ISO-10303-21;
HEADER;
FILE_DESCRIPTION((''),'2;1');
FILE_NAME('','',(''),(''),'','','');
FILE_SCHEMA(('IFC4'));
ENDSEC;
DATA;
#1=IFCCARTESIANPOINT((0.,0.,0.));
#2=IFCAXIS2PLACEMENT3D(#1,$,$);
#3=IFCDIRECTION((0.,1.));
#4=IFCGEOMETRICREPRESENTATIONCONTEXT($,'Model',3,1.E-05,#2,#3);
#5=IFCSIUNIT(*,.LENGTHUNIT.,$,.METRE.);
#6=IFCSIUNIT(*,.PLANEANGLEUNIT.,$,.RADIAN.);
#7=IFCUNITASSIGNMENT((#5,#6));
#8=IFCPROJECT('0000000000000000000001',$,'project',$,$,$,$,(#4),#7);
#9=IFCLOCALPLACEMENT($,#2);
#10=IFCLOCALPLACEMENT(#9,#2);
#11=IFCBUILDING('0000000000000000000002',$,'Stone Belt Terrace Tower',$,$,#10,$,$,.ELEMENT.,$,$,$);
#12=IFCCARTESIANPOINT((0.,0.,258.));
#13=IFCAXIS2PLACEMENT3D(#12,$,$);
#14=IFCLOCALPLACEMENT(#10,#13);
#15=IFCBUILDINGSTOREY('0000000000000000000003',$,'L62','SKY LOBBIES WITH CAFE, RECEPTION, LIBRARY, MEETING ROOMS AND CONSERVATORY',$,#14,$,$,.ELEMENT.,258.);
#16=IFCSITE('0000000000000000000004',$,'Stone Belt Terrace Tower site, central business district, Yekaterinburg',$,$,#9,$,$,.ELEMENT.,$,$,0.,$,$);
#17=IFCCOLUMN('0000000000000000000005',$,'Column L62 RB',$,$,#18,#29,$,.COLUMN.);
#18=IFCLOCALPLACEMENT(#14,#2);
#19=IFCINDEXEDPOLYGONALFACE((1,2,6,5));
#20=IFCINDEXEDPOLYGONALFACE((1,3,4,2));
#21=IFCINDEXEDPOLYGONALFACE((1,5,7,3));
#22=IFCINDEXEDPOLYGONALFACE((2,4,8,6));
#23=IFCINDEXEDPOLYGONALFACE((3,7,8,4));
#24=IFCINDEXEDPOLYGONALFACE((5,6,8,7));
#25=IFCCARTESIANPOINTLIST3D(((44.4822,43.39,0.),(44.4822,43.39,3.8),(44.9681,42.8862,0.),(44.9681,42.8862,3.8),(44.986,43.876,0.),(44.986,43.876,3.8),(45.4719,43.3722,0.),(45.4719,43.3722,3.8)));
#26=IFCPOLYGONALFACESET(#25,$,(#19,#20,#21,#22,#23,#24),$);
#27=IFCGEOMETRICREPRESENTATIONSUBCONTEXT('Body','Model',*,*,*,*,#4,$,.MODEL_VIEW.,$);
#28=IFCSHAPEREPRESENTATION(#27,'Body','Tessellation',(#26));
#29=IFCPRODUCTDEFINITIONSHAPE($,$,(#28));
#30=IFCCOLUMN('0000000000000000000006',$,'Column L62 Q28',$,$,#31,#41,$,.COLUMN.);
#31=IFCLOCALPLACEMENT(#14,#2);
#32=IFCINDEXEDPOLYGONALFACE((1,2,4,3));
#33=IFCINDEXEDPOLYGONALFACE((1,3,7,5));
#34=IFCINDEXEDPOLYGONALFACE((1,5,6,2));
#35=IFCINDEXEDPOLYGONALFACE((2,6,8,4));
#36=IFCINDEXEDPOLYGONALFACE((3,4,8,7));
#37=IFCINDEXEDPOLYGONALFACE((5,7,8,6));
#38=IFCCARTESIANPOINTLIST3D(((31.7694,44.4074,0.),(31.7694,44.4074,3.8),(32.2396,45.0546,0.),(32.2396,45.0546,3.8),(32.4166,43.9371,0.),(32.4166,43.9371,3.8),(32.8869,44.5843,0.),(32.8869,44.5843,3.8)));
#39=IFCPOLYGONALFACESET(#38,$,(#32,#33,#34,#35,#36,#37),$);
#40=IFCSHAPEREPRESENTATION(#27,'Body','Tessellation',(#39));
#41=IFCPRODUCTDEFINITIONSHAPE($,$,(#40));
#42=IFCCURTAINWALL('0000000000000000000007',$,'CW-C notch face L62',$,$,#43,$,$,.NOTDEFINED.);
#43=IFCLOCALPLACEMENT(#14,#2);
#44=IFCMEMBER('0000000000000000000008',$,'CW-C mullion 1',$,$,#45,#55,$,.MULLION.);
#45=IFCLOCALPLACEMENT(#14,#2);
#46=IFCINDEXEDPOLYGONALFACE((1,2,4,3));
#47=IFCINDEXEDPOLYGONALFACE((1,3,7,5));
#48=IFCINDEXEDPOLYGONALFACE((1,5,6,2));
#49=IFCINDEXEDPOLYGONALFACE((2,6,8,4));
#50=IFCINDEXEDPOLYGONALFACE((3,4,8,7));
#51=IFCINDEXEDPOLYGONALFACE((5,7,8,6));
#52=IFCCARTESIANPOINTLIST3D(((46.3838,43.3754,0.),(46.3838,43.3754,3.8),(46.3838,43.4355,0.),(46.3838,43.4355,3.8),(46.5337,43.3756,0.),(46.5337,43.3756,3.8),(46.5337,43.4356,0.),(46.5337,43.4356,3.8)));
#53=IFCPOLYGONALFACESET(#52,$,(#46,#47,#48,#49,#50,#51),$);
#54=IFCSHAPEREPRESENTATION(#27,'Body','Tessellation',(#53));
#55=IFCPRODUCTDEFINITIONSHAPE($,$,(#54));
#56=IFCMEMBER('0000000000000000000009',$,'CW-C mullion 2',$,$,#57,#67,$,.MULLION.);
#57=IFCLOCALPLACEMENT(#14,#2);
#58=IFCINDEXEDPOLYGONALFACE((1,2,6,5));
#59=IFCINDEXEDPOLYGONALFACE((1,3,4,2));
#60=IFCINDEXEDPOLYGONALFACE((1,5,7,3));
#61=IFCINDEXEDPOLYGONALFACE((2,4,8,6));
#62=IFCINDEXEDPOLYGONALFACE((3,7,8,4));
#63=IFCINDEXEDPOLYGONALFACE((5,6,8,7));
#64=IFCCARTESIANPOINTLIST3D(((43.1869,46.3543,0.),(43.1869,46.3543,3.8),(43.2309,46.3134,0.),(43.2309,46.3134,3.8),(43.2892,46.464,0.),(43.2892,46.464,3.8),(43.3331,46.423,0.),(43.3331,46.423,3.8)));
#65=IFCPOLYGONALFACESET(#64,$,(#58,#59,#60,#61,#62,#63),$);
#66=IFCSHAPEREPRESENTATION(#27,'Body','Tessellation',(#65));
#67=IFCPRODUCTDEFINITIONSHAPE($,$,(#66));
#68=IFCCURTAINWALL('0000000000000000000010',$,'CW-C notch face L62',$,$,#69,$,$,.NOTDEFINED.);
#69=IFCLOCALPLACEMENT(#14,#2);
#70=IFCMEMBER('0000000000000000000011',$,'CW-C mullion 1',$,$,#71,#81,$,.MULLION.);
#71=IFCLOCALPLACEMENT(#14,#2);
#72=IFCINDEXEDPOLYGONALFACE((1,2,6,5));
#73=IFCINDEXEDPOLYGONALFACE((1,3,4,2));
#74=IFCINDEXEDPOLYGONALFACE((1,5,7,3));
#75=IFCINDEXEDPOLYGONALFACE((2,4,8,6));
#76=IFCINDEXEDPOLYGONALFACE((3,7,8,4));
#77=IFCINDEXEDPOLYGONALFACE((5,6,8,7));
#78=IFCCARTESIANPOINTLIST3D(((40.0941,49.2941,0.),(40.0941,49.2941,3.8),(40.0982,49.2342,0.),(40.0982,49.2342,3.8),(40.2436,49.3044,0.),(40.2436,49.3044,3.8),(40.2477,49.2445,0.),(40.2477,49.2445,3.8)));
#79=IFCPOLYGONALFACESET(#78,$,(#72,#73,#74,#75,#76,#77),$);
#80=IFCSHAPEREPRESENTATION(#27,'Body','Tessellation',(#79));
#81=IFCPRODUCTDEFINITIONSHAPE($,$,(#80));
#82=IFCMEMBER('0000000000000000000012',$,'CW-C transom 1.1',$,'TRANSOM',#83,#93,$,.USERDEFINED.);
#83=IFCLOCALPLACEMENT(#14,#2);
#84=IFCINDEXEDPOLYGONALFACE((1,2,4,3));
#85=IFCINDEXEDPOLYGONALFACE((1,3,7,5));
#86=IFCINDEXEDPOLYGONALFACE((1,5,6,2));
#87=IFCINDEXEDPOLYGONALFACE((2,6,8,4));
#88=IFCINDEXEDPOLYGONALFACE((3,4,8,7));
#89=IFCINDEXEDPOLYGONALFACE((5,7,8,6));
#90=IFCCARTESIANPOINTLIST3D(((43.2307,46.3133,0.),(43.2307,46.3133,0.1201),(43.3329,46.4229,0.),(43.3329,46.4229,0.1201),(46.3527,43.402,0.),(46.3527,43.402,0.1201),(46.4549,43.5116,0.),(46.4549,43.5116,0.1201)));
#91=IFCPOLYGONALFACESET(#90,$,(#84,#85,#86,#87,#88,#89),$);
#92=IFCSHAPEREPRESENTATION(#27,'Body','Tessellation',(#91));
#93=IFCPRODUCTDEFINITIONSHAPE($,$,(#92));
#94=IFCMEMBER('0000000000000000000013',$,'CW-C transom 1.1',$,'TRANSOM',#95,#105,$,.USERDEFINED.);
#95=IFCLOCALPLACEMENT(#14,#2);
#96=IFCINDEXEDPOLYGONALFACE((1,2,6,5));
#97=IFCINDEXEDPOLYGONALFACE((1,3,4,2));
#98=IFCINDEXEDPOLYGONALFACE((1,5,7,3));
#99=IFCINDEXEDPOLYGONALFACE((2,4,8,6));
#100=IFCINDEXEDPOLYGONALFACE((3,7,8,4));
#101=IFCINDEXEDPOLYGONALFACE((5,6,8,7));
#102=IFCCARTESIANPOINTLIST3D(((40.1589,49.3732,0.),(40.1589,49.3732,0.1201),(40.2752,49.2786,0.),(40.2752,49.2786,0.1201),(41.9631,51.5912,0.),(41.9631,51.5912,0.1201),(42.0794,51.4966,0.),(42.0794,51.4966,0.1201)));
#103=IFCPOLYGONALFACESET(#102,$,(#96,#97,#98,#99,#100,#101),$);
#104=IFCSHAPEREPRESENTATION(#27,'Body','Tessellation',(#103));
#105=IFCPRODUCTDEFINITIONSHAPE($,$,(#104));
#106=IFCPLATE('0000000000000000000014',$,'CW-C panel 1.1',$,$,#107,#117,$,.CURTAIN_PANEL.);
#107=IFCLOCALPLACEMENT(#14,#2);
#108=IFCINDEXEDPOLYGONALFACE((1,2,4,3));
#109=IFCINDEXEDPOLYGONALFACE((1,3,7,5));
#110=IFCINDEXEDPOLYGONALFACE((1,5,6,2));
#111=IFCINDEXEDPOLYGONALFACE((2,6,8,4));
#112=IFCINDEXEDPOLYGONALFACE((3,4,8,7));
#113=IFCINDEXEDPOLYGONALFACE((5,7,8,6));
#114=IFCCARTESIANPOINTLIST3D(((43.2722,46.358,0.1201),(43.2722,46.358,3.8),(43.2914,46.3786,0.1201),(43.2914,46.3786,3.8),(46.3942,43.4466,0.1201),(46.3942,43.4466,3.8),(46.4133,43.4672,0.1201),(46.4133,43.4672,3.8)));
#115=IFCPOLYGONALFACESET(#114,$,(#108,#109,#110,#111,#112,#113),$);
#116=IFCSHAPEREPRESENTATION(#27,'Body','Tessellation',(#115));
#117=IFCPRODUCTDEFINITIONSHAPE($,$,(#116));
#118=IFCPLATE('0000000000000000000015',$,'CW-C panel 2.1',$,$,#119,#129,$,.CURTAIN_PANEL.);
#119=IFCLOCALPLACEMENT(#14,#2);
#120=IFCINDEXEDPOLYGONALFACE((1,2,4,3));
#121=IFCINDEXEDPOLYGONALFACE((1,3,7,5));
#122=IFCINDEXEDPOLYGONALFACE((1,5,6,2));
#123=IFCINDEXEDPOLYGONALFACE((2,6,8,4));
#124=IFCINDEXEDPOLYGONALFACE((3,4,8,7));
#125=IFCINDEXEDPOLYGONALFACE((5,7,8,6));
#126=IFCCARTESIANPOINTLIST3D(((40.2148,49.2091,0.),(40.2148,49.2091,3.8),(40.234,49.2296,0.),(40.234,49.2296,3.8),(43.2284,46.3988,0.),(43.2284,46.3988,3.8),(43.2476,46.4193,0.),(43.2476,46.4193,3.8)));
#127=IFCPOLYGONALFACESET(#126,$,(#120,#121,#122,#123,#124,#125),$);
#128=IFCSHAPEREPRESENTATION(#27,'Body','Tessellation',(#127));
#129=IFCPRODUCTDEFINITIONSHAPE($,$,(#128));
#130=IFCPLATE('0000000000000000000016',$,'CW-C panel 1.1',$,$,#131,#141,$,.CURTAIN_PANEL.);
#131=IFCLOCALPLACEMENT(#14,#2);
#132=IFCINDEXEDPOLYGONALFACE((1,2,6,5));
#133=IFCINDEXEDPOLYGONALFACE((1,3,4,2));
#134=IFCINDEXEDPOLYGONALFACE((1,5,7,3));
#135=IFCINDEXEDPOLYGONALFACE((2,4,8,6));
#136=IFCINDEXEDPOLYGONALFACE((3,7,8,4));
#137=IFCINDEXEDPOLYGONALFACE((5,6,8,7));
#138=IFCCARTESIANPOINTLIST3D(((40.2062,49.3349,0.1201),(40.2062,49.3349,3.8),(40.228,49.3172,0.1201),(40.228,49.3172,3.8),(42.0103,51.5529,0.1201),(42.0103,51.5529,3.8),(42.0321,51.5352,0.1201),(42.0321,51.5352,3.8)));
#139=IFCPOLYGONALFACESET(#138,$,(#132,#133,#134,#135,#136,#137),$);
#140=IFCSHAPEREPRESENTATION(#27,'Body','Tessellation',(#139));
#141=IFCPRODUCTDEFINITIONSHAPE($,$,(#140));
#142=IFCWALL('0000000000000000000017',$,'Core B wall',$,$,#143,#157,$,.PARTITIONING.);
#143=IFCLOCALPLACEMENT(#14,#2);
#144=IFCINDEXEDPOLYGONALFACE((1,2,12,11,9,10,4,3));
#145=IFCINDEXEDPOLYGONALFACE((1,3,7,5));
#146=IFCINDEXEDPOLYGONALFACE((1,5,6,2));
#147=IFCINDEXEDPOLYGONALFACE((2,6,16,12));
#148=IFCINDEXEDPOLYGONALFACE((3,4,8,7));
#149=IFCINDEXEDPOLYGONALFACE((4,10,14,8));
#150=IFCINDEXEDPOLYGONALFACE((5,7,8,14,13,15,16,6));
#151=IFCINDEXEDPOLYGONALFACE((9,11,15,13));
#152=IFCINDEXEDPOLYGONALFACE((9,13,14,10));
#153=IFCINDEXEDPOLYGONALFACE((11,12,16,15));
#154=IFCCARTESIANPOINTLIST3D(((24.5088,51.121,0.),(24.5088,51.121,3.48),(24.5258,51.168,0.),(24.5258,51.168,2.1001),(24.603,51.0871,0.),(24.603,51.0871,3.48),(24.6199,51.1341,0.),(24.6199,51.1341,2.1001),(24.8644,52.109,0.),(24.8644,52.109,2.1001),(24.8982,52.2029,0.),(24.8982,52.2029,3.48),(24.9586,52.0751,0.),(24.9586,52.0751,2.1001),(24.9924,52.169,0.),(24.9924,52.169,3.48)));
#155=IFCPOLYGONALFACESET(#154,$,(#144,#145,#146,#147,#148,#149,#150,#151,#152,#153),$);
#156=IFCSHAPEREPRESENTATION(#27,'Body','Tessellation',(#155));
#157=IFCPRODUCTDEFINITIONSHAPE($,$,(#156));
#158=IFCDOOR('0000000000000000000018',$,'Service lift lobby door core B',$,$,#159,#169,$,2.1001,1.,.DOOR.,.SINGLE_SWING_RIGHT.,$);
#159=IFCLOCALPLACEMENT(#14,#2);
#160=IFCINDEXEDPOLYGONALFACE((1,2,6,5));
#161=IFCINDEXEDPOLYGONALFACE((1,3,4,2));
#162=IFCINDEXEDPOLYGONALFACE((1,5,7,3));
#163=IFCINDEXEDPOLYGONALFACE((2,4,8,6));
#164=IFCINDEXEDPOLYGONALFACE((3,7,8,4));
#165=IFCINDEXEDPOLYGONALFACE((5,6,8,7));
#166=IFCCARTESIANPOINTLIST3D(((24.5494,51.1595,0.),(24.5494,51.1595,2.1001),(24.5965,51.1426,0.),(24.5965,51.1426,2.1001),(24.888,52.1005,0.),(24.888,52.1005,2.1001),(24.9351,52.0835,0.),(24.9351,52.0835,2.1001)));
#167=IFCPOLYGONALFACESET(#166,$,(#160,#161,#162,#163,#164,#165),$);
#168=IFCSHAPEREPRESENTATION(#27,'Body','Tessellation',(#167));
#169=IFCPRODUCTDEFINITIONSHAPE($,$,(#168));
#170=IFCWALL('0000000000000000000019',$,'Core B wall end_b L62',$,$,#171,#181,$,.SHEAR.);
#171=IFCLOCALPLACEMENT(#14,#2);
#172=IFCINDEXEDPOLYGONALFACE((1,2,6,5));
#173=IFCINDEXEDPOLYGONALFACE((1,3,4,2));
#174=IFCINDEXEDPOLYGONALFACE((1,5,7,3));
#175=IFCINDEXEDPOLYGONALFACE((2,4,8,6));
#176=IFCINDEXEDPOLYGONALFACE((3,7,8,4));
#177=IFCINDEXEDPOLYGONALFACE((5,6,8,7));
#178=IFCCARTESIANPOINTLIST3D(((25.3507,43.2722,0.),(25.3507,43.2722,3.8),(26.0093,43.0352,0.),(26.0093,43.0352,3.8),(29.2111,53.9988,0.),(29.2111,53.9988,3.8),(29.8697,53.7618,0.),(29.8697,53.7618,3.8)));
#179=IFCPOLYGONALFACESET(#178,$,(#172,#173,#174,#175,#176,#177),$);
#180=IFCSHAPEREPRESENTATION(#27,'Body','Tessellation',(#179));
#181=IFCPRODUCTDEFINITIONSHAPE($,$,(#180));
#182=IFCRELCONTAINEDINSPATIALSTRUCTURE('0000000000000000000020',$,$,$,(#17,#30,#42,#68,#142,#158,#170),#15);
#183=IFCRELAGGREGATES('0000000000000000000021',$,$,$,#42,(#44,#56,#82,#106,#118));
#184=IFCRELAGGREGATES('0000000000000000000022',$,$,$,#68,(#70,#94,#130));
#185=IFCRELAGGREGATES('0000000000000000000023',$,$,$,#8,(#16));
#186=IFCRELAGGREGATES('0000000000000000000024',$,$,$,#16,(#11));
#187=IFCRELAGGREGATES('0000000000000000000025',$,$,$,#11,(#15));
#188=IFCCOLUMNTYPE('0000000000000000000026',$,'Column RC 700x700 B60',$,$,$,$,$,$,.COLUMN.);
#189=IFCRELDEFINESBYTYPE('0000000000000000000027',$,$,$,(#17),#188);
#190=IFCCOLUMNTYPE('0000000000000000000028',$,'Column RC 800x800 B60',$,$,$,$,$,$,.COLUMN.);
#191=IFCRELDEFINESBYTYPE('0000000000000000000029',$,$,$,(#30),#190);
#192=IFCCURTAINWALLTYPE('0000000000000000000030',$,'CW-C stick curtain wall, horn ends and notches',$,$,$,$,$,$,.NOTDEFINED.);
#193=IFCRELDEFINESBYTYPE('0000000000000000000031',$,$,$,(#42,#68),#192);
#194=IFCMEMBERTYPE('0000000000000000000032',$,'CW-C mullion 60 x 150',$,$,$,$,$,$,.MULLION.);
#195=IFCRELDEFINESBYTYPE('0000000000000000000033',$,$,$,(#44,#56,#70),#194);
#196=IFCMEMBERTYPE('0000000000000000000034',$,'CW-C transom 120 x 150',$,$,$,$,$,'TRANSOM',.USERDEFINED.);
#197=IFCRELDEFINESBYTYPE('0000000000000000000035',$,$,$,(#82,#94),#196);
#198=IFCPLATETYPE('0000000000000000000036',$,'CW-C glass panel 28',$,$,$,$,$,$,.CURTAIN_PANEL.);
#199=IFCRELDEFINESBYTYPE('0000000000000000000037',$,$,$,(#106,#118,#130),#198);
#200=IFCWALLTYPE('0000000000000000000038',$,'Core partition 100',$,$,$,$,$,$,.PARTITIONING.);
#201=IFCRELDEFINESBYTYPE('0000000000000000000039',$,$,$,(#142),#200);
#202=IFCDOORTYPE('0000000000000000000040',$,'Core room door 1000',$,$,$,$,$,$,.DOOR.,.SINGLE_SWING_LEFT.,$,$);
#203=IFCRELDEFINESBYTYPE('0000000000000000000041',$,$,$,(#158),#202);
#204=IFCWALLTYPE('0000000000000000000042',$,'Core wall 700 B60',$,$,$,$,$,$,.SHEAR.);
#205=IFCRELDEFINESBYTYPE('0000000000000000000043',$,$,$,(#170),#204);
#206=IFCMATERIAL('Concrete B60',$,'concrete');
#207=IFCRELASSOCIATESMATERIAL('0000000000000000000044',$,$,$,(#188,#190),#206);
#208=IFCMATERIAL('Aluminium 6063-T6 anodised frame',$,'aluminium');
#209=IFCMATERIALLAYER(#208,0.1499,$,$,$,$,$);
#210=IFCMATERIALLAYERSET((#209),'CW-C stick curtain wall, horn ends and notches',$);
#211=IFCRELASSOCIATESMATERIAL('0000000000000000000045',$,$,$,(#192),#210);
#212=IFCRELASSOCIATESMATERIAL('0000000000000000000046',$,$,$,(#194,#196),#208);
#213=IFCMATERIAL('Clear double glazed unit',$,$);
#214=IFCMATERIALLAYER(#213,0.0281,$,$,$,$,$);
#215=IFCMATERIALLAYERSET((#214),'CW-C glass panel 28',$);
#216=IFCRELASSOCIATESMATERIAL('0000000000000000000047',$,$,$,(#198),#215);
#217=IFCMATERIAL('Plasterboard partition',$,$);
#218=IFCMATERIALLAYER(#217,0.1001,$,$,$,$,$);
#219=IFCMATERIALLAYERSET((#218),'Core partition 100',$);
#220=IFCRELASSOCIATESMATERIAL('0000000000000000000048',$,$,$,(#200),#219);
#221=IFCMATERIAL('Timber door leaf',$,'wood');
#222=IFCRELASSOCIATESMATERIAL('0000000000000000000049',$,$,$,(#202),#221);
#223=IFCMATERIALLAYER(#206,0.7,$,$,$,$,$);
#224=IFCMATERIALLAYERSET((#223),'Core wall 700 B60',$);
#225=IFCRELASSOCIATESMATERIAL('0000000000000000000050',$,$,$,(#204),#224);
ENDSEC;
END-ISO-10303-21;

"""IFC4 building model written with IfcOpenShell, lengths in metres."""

from ifc_helpers import new_model, si_unit, direction, frame, frame_2d, origin, origin_2d, place, context, subcontext, project, spatial, rectangle, extrude, material, layer, layer_set, material_profile, profile_set, type_object, element, fill, aggregate, save


model = new_model("IFC4")

# Units and contexts
model_context = context("Model", 3, precision=1e-05, world=origin(), true_north=direction((0.0, 1.0)))
body_context = subcontext(model_context, "Body", "Model", "MODEL_VIEW")
ifc_project = project(units=[si_unit("LENGTHUNIT", "METRE"), si_unit("PLANEANGLEUNIT", "RADIAN")], contexts=[model_context])

# Site, building, storey
site_placement = place(None, origin())
site = spatial("IfcSite", under=ifc_project, at=site_placement, Name="Stone Belt Terrace Tower site, central business district, Yekaterinburg", CompositionType="ELEMENT", RefElevation=0.0)
building_placement = place(site_placement, origin())
building = spatial("IfcBuilding", under=site, at=building_placement, Name="Stone Belt Terrace Tower", CompositionType="ELEMENT")
storey_placement = place(building_placement, frame((0.0, 0.0, 258.0)))
storey = spatial("IfcBuildingStorey", under=building, at=storey_placement, Name="L62", Description="SKY LOBBIES WITH CAFE, RECEPTION, LIBRARY, MEETING ROOMS AND CONSERVATORY", CompositionType="ELEMENT", Elevation=258.0)

# Columns
ifc_material_1 = material(Name="Concrete B60", Category="concrete")
ifc_material_profile_1 = material_profile(ifc_material_1, rectangle(XDim=0.7, YDim=0.7, at=origin_2d()), Name="RC 700x700")
ifc_profile_set_1 = profile_set([ifc_material_profile_1], Name="Concrete B60")
column_type_1 = type_object("IfcColumnType", Name="Column RC 700x700 B60", PredefinedType="COLUMN", material=ifc_profile_set_1)
column_1_placement = place(storey_placement, frame((44.9771, 43.3811, 0.0), z_axis=(0.0, 0.0, 1.0), x_axis=(0.694221, -0.719762, 0.0)))
element("IfcColumn", 1, at=column_1_placement, inside=storey, type_object=column_type_1, Name="Column L62 RB", PredefinedType="COLUMN", context=body_context, shape_type="SweptSolid", body=[
    extrude(rectangle(XDim=0.7, YDim=0.7, at=origin_2d()), origin(), (0.0, 0.0, 1.0), 3.8),
])
ifc_material_profile_2 = material_profile(ifc_material_1, rectangle(XDim=0.8, YDim=0.8, at=origin_2d()), Name="RC 800x800")
ifc_profile_set_2 = profile_set([ifc_material_profile_2], Name="Concrete B60")
column_type_2 = type_object("IfcColumnType", Name="Column RC 800x800 B60", PredefinedType="COLUMN", material=ifc_profile_set_2)
column_2_placement = place(storey_placement, frame((32.3281, 44.4958, 0.0), z_axis=(0.0, 0.0, 1.0), x_axis=(0.809017, -0.587785, 0.0)))
element("IfcColumn", 2, at=column_2_placement, inside=storey, type_object=column_type_2, Name="Column L62 Q28", PredefinedType="COLUMN", context=body_context, shape_type="SweptSolid", body=[
    extrude(rectangle(XDim=0.8, YDim=0.8, at=origin_2d()), origin(), (0.0, 0.0, 1.0), 3.8),
])

# Curtain wall, members
ifc_material_2 = material(Name="Aluminium 6063-T6 anodised frame", Category="aluminium")
ifc_layer_1 = layer(ifc_material_2, 0.1499)
ifc_layer_set_1 = layer_set([ifc_layer_1], Name="CW-C stick curtain wall, horn ends and notches")
curtain_wall_type = type_object("IfcCurtainWallType", Name="CW-C stick curtain wall, horn ends and notches", PredefinedType="NOTDEFINED", material=ifc_layer_set_1)
curtain_wall_1_placement = place(storey_placement, origin())
curtain_wall_1 = element("IfcCurtainWall", 3, at=curtain_wall_1_placement, inside=storey, type_object=curtain_wall_type, Name="CW-C notch face L62", PredefinedType="NOTDEFINED")
ifc_material_profile_3 = material_profile(ifc_material_2, rectangle(XDim=0.1499, YDim=0.0601, at=origin_2d()), Name="Aluminium 6063-T6 60x150")
ifc_profile_set_3 = profile_set([ifc_material_profile_3], Name="Aluminium 6063-T6 anodised frame")
member_type_1 = type_object("IfcMemberType", Name="CW-C mullion 60 x 150", PredefinedType="MULLION", material=ifc_profile_set_3)
member_1_placement = place(storey_placement, frame((46.4587, 43.4055, 0.0), z_axis=(0.0, 0.0, 1.0), x_axis=(-0.999999, -0.001051, 0.0)))
member_1 = element("IfcMember", 4, at=member_1_placement, type_object=member_type_1, Name="CW-C mullion 1", PredefinedType="MULLION", context=body_context, shape_type="SweptSolid", body=[
    extrude(rectangle(XDim=0.1499, YDim=0.0601, at=origin_2d()), origin(), (0.0, 0.0, 1.0), 3.8),
])
member_2_placement = place(storey_placement, frame((43.26, 46.3887, 0.0), z_axis=(0.0, 0.0, 1.0), x_axis=(-0.682014, -0.731339, 0.0)))
member_2 = element("IfcMember", 5, at=member_2_placement, type_object=member_type_1, Name="CW-C mullion 2", PredefinedType="MULLION", context=body_context, shape_type="SweptSolid", body=[
    extrude(rectangle(XDim=0.1499, YDim=0.0601, at=origin_2d()), origin(), (0.0, 0.0, 1.0), 3.8),
])

# Curtain wall, member
curtain_wall_2_placement = place(storey_placement, origin())
curtain_wall_2 = element("IfcCurtainWall", 6, at=curtain_wall_2_placement, inside=storey, type_object=curtain_wall_type, Name="CW-C notch face L62", PredefinedType="NOTDEFINED")
member_3_placement = place(storey_placement, frame((40.1709, 49.2693, 0.0), z_axis=(0.0, 0.0, 1.0), x_axis=(-0.99764, -0.068666, 0.0)))
member_3 = element("IfcMember", 7, at=member_3_placement, type_object=member_type_1, Name="CW-C mullion 1", PredefinedType="MULLION", context=body_context, shape_type="SweptSolid", body=[
    extrude(rectangle(XDim=0.1499, YDim=0.0601, at=origin_2d()), origin(), (0.0, 0.0, 1.0), 3.8),
])

# Members
ifc_material_profile_4 = material_profile(ifc_material_2, rectangle(XDim=0.1499, YDim=0.1201, at=origin_2d()), Name="Aluminium 6063-T6 150x120")
ifc_profile_set_4 = profile_set([ifc_material_profile_4], Name="Aluminium 6063-T6 anodised frame")
member_type_2 = type_object("IfcMemberType", Name="CW-C transom 120 x 150", ElementType="TRANSOM", PredefinedType="USERDEFINED", material=ifc_profile_set_4)
member_4_placement = place(storey_placement, frame((46.4038, 43.4568, 0.0601), z_axis=(-0.731354, 0.681998, 0.0), x_axis=(-0.681998, -0.731354, 0.0)))
member_4 = element("IfcMember", 8, at=member_4_placement, type_object=member_type_2, Name="CW-C transom 1.1", ObjectType="TRANSOM", PredefinedType="USERDEFINED", context=body_context, shape_type="SweptSolid", body=[
    extrude(rectangle(XDim=0.1499, YDim=0.1201, at=origin_2d()), origin(), (0.0, 0.0, 1.0), 4.2688),
])
member_5_placement = place(storey_placement, frame((40.217, 49.3259, 0.0601), z_axis=(0.631027, 0.775761, 0.0), x_axis=(-0.775761, 0.631027, 0.0)))
member_5 = element("IfcMember", 9, at=member_5_placement, type_object=member_type_2, Name="CW-C transom 1.1", ObjectType="TRANSOM", PredefinedType="USERDEFINED", context=body_context, shape_type="SweptSolid", body=[
    extrude(rectangle(XDim=0.1499, YDim=0.1201, at=origin_2d()), origin(), (0.0, 0.0, 1.0), 2.8591),
])

# Plates
ifc_material_3 = material(Name="Clear double glazed unit")
ifc_layer_2 = layer(ifc_material_3, 0.0281)
ifc_layer_set_2 = layer_set([ifc_layer_2], Name="CW-C glass panel 28")
plate_type = type_object("IfcPlateType", Name="CW-C glass panel 28", PredefinedType="CURTAIN_PANEL", material=ifc_layer_set_2)
plate_1_placement = place(storey_placement, frame((44.8428, 44.9126, 0.1201), z_axis=(0.0, 0.0, 1.0), x_axis=(-0.731339, 0.682014, 0.0)))
plate_1 = element("IfcPlate", 10, at=plate_1_placement, type_object=plate_type, Name="CW-C panel 1.1", PredefinedType="CURTAIN_PANEL", context=body_context, shape_type="SweptSolid", body=[
    extrude(rectangle(XDim=4.2688, YDim=0.0281, at=origin_2d()), origin(), (0.0, 0.0, 1.0), 3.6799),
])
plate_2_placement = place(storey_placement, frame((41.7312, 47.8142, 0.0), z_axis=(0.0, 0.0, 1.0), x_axis=(-0.731339, 0.682014, 0.0)))
plate_2 = element("IfcPlate", 11, at=plate_2_placement, type_object=plate_type, Name="CW-C panel 2.1", PredefinedType="CURTAIN_PANEL", context=body_context, shape_type="SweptSolid", body=[
    extrude(rectangle(XDim=4.1206, YDim=0.0281, at=origin_2d()), origin(), (0.0, 0.0, 1.0), 3.8),
])
aggregate(curtain_wall_1, [member_1, member_2, member_4, plate_1, plate_2])
plate_3_placement = place(storey_placement, frame((41.1191, 50.4351, 0.1201), z_axis=(0.0, 0.0, 1.0), x_axis=(0.631001, 0.775782, 0.0)))
plate_3 = element("IfcPlate", 12, at=plate_3_placement, type_object=plate_type, Name="CW-C panel 1.1", PredefinedType="CURTAIN_PANEL", context=body_context, shape_type="SweptSolid", body=[
    extrude(rectangle(XDim=2.8591, YDim=0.0281, at=origin_2d()), origin(), (0.0, 0.0, 1.0), 3.6799),
])
aggregate(curtain_wall_2, [member_3, member_5, plate_3])

# Wall, opening, door
ifc_material_4 = material(Name="Plasterboard partition")
ifc_layer_3 = layer(ifc_material_4, 0.1001)
ifc_layer_set_3 = layer_set([ifc_layer_3], Name="Core partition 100")
wall_type_1 = type_object("IfcWallType", Name="Core partition 100", PredefinedType="PARTITIONING", material=ifc_layer_set_3)
wall_1_placement = place(storey_placement, frame((24.5559, 51.104, 0.0), z_axis=(0.0, 0.0, 1.0), x_axis=(0.338622, 0.940923, 0.0)))
wall_1 = element("IfcWall", 13, at=wall_1_placement, inside=storey, type_object=wall_type_1, Name="Core B wall", PredefinedType="PARTITIONING", context=body_context, shape_type="SweptSolid", body=[
    extrude(rectangle(XDim=1.1499, YDim=0.1001, at=frame_2d((0.575, 0.0))), origin(), (0.0, 0.0, 1.0), 3.48),
])
opening_1_placement = place(wall_1_placement, frame((0.05, 0.0, 0.0)))
opening_1 = element("IfcOpeningElement", 14, at=opening_1_placement, cuts=wall_1, PredefinedType="OPENING", context=body_context, shape_type="SweptSolid", body=[
    extrude(rectangle(XDim=1.0, YDim=2.1001, at=frame_2d((0.5, 1.05))), frame((0.0, 0.0601, 0.0), z_axis=(0.0, -1.0, 0.0), x_axis=(1.0, 0.0, 0.0)), (0.0, 0.0, 1.0), 0.1201),
])
ifc_material_5 = material(Name="Timber door leaf", Category="wood")
door_type_1 = type_object("IfcDoorType", Name="Core room door 1000", OperationType="SINGLE_SWING_LEFT", PredefinedType="DOOR", material=ifc_material_5)
door_1_placement = place(opening_1_placement, origin())
door_1 = element("IfcDoor", 15, at=door_1_placement, inside=storey, type_object=door_type_1, Name="Service lift lobby door core B", OperationType="SINGLE_SWING_RIGHT", OverallHeight=2.1001, OverallWidth=1.0, PredefinedType="DOOR", context=body_context, shape_type="SweptSolid", body=[
    extrude(rectangle(XDim=1.0, YDim=2.1001, at=frame_2d((0.5, 1.05))), frame((0.0, 0.0249, 0.0), z_axis=(0.0, -1.0, 0.0), x_axis=(1.0, 0.0, 0.0)), (0.0, 0.0, 1.0), 0.05),
])
fill(opening_1, door_1)

# Wall
ifc_layer_4 = layer(ifc_material_1, 0.7)
ifc_layer_set_4 = layer_set([ifc_layer_4], Name="Core wall 700 B60")
wall_type_2 = type_object("IfcWallType", Name="Core wall 700 B60", PredefinedType="SHEAR", material=ifc_layer_set_4)
wall_2_placement = place(storey_placement, frame((25.6799, 43.1536, 0.0), z_axis=(0.0, 0.0, 1.0), x_axis=(0.338625, 0.940921, 0.0)))
element("IfcWall", 16, at=wall_2_placement, inside=storey, type_object=wall_type_2, Name="Core B wall end_b L62", PredefinedType="SHEAR", context=body_context, shape_type="SweptSolid", body=[
    extrude(rectangle(XDim=11.4001, YDim=0.7, at=frame_2d((5.7002, 0.0))), origin(), (0.0, 0.0, 1.0), 3.8),
])

save(model, "model.ifc")
